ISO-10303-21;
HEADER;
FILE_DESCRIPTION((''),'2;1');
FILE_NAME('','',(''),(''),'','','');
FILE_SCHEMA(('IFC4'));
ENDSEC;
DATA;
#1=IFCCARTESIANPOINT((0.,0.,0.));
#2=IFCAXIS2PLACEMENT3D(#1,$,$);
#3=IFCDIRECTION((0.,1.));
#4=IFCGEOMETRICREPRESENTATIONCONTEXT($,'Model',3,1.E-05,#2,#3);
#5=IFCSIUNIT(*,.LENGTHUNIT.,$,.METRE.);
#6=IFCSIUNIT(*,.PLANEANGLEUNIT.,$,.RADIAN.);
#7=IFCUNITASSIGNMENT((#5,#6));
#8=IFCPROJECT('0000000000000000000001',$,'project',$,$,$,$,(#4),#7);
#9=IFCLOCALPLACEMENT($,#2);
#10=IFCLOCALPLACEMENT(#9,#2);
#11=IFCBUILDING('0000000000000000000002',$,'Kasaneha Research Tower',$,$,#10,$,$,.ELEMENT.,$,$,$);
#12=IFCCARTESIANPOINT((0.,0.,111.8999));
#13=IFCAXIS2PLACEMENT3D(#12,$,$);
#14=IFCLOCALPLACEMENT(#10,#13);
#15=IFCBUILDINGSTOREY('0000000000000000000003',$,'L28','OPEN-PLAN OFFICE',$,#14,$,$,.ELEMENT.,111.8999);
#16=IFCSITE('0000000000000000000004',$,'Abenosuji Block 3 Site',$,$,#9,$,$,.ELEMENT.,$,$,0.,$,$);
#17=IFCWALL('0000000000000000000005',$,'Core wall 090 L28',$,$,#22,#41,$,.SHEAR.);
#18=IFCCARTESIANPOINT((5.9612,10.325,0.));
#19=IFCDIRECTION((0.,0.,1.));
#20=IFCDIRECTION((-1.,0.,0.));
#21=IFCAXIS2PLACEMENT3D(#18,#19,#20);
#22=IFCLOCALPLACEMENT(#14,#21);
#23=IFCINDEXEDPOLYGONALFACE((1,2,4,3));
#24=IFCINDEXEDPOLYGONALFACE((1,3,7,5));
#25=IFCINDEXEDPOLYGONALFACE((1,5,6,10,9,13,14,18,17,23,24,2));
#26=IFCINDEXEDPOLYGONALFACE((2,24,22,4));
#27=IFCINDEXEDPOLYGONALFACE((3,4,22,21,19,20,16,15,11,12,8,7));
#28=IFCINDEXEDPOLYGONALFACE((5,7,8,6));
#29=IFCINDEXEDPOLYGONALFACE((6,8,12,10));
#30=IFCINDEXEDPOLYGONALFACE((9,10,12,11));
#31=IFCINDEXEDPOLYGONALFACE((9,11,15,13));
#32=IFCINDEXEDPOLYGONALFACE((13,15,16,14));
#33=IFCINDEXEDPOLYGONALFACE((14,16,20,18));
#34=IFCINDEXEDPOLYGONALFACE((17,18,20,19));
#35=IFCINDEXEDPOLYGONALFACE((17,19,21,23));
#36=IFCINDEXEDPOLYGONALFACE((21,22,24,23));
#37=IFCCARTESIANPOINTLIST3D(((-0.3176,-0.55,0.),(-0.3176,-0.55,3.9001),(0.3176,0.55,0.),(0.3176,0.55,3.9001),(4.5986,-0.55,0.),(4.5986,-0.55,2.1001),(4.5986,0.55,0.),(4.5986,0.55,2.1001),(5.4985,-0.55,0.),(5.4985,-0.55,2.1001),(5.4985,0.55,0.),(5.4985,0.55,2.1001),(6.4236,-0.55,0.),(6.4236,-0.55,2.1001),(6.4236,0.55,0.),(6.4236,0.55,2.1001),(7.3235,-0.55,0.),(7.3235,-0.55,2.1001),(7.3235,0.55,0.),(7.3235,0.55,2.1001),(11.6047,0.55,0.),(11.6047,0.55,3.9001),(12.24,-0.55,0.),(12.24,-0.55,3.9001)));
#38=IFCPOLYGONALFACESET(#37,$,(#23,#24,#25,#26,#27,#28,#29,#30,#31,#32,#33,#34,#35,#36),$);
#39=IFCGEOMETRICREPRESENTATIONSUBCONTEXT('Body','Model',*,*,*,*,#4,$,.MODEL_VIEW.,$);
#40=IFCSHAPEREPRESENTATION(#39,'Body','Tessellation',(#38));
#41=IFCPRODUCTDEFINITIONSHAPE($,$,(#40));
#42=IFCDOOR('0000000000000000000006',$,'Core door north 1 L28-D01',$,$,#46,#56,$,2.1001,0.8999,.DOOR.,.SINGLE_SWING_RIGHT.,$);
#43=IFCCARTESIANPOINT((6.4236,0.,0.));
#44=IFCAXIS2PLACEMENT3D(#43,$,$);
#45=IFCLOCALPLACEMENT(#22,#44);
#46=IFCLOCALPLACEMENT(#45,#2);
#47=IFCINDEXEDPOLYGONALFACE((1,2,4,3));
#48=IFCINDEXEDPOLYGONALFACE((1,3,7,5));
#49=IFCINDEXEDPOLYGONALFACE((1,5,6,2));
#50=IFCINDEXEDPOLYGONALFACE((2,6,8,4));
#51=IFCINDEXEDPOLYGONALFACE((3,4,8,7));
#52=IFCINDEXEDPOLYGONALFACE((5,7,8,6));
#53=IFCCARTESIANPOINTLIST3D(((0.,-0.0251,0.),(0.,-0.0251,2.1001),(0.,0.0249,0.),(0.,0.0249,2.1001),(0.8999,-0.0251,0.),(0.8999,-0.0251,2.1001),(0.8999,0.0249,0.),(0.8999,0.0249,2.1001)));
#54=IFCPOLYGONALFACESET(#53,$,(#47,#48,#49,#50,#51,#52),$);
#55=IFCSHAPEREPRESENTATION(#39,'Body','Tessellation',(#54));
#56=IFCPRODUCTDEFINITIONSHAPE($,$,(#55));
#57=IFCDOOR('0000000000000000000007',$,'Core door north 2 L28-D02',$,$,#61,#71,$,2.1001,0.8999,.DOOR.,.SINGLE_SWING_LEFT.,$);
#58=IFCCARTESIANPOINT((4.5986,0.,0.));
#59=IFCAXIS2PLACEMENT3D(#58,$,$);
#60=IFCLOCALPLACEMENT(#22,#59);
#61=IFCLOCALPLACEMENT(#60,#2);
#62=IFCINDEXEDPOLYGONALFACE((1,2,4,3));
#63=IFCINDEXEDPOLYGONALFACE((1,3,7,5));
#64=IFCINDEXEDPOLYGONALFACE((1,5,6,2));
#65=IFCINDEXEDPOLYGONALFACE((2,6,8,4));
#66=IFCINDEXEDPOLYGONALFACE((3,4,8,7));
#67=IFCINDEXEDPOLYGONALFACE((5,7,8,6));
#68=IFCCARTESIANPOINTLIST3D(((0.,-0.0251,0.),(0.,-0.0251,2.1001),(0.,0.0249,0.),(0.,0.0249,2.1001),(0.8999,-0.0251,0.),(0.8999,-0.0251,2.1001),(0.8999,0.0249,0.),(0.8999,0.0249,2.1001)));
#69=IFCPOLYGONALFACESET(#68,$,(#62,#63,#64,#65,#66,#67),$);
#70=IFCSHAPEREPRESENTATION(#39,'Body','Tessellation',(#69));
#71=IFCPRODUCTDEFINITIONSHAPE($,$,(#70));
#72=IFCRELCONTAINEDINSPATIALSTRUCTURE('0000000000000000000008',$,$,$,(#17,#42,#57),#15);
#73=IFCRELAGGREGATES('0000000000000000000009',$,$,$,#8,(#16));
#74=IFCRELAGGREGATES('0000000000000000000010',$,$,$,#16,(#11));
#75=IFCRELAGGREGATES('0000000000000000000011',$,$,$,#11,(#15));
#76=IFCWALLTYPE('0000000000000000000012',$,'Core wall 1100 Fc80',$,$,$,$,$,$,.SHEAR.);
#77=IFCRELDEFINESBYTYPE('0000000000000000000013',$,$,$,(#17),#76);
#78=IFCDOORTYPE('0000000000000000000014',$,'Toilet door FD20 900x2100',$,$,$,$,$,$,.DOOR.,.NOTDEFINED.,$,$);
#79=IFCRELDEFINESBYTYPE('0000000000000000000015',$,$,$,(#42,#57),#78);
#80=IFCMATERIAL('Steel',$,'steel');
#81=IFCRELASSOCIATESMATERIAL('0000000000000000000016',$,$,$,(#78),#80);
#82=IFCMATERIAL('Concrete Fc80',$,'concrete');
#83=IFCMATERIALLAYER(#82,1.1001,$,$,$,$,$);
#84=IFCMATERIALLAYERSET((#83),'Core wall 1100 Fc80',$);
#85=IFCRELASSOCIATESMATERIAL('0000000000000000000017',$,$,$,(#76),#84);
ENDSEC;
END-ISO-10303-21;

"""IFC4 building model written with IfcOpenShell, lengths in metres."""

from ifc_helpers import new_model, si_unit, direction, frame, frame_2d, origin, place, context, subcontext, project, spatial, polyline, rectangle, outline, extrude, material, layer, layer_set, type_object, element, fill, save


model = new_model("IFC4")

# Units and contexts
model_context = context("Model", 3, precision=1e-05, world=origin(), true_north=direction((0.0, 1.0)))
body_context = subcontext(model_context, "Body", "Model", "MODEL_VIEW")
ifc_project = project(units=[si_unit("LENGTHUNIT", "METRE"), si_unit("PLANEANGLEUNIT", "RADIAN")], contexts=[model_context])

# Site, building, storey
site_placement = place(None, origin())
site = spatial("IfcSite", under=ifc_project, at=site_placement, Name="Abenosuji Block 3 Site", CompositionType="ELEMENT", RefElevation=0.0)
building_placement = place(site_placement, origin())
building = spatial("IfcBuilding", under=site, at=building_placement, Name="Kasaneha Research Tower", CompositionType="ELEMENT")
storey_placement = place(building_placement, frame((0.0, 0.0, 111.8999)))
storey = spatial("IfcBuildingStorey", under=building, at=storey_placement, Name="L28", Description="OPEN-PLAN OFFICE", CompositionType="ELEMENT", Elevation=111.8999)

# Shared definitions
ifc_material_1 = material(Name="Steel", Category="steel")
door_type_1 = type_object("IfcDoorType", Name="Toilet door FD20 900x2100", OperationType="NOTDEFINED", PredefinedType="DOOR", material=ifc_material_1)

# Wall, openings, doors
ifc_material_2 = material(Name="Concrete Fc80", Category="concrete")
ifc_layer_1 = layer(ifc_material_2, 1.1001)
ifc_layer_set_1 = layer_set([ifc_layer_1], Name="Core wall 1100 Fc80")
wall_type_1 = type_object("IfcWallType", Name="Core wall 1100 Fc80", PredefinedType="SHEAR", material=ifc_layer_set_1)
wall_1_placement = place(storey_placement, frame((5.9612, 10.325, 0.0), z_axis=(0.0, 0.0, 1.0), x_axis=(-1.0, 0.0, 0.0)))
wall_1 = element("IfcWall", 1, at=wall_1_placement, inside=storey, type_object=wall_type_1, Name="Core wall 090 L28", PredefinedType="SHEAR", context=body_context, shape_type="SweptSolid", body=[
    extrude(outline(polyline([(-0.3176, -0.55), (4.5986, -0.55), (5.4985, -0.55), (6.4236, -0.55), (7.3235, -0.55), (12.24, -0.55), (11.6047, 0.55), (7.3235, 0.55), (6.4236, 0.55), (5.4985, 0.55), (4.5986, 0.55), (0.3176, 0.55), (-0.3176, -0.55)])), origin(), (0.0, 0.0, 1.0), 3.9001),
])
opening_1_placement = place(wall_1_placement, frame((6.4236, 0.0, 0.0)))
opening_1 = element("IfcOpeningElement", 2, at=opening_1_placement, cuts=wall_1, PredefinedType="OPENING", context=body_context, shape_type="SweptSolid", body=[
    extrude(rectangle(XDim=0.8999, YDim=2.1001, at=frame_2d((0.45, 1.05))), frame((0.0, 0.5601, 0.0), z_axis=(0.0, -1.0, 0.0), x_axis=(1.0, 0.0, 0.0)), (0.0, 0.0, 1.0), 1.1201),
])
opening_2_placement = place(wall_1_placement, frame((4.5986, 0.0, 0.0)))
opening_2 = element("IfcOpeningElement", 3, at=opening_2_placement, cuts=wall_1, PredefinedType="OPENING", context=body_context, shape_type="SweptSolid", body=[
    extrude(rectangle(XDim=0.8999, YDim=2.1001, at=frame_2d((0.45, 1.05))), frame((0.0, 0.5601, 0.0), z_axis=(0.0, -1.0, 0.0), x_axis=(1.0, 0.0, 0.0)), (0.0, 0.0, 1.0), 1.1201),
])
door_1_placement = place(opening_1_placement, origin())
door_1 = element("IfcDoor", 4, at=door_1_placement, inside=storey, type_object=door_type_1, Name="Core door north 1 L28-D01", OperationType="SINGLE_SWING_RIGHT", OverallHeight=2.1001, OverallWidth=0.8999, PredefinedType="DOOR", context=body_context, shape_type="SweptSolid", body=[
    extrude(rectangle(XDim=0.8999, YDim=2.1001, at=frame_2d((0.45, 1.05))), frame((0.0, 0.0249, 0.0), z_axis=(0.0, -1.0, 0.0), x_axis=(1.0, 0.0, 0.0)), (0.0, 0.0, 1.0), 0.05),
])
fill(opening_1, door_1)
door_2_placement = place(opening_2_placement, origin())
door_2 = element("IfcDoor", 5, at=door_2_placement, inside=storey, type_object=door_type_1, Name="Core door north 2 L28-D02", OperationType="SINGLE_SWING_LEFT", OverallHeight=2.1001, OverallWidth=0.8999, PredefinedType="DOOR", context=body_context, shape_type="SweptSolid", body=[
    extrude(rectangle(XDim=0.8999, YDim=2.1001, at=frame_2d((0.45, 1.05))), frame((0.0, 0.0249, 0.0), z_axis=(0.0, -1.0, 0.0), x_axis=(1.0, 0.0, 0.0)), (0.0, 0.0, 1.0), 0.05),
])
fill(opening_2, door_2)

save(model, "model.ifc")
